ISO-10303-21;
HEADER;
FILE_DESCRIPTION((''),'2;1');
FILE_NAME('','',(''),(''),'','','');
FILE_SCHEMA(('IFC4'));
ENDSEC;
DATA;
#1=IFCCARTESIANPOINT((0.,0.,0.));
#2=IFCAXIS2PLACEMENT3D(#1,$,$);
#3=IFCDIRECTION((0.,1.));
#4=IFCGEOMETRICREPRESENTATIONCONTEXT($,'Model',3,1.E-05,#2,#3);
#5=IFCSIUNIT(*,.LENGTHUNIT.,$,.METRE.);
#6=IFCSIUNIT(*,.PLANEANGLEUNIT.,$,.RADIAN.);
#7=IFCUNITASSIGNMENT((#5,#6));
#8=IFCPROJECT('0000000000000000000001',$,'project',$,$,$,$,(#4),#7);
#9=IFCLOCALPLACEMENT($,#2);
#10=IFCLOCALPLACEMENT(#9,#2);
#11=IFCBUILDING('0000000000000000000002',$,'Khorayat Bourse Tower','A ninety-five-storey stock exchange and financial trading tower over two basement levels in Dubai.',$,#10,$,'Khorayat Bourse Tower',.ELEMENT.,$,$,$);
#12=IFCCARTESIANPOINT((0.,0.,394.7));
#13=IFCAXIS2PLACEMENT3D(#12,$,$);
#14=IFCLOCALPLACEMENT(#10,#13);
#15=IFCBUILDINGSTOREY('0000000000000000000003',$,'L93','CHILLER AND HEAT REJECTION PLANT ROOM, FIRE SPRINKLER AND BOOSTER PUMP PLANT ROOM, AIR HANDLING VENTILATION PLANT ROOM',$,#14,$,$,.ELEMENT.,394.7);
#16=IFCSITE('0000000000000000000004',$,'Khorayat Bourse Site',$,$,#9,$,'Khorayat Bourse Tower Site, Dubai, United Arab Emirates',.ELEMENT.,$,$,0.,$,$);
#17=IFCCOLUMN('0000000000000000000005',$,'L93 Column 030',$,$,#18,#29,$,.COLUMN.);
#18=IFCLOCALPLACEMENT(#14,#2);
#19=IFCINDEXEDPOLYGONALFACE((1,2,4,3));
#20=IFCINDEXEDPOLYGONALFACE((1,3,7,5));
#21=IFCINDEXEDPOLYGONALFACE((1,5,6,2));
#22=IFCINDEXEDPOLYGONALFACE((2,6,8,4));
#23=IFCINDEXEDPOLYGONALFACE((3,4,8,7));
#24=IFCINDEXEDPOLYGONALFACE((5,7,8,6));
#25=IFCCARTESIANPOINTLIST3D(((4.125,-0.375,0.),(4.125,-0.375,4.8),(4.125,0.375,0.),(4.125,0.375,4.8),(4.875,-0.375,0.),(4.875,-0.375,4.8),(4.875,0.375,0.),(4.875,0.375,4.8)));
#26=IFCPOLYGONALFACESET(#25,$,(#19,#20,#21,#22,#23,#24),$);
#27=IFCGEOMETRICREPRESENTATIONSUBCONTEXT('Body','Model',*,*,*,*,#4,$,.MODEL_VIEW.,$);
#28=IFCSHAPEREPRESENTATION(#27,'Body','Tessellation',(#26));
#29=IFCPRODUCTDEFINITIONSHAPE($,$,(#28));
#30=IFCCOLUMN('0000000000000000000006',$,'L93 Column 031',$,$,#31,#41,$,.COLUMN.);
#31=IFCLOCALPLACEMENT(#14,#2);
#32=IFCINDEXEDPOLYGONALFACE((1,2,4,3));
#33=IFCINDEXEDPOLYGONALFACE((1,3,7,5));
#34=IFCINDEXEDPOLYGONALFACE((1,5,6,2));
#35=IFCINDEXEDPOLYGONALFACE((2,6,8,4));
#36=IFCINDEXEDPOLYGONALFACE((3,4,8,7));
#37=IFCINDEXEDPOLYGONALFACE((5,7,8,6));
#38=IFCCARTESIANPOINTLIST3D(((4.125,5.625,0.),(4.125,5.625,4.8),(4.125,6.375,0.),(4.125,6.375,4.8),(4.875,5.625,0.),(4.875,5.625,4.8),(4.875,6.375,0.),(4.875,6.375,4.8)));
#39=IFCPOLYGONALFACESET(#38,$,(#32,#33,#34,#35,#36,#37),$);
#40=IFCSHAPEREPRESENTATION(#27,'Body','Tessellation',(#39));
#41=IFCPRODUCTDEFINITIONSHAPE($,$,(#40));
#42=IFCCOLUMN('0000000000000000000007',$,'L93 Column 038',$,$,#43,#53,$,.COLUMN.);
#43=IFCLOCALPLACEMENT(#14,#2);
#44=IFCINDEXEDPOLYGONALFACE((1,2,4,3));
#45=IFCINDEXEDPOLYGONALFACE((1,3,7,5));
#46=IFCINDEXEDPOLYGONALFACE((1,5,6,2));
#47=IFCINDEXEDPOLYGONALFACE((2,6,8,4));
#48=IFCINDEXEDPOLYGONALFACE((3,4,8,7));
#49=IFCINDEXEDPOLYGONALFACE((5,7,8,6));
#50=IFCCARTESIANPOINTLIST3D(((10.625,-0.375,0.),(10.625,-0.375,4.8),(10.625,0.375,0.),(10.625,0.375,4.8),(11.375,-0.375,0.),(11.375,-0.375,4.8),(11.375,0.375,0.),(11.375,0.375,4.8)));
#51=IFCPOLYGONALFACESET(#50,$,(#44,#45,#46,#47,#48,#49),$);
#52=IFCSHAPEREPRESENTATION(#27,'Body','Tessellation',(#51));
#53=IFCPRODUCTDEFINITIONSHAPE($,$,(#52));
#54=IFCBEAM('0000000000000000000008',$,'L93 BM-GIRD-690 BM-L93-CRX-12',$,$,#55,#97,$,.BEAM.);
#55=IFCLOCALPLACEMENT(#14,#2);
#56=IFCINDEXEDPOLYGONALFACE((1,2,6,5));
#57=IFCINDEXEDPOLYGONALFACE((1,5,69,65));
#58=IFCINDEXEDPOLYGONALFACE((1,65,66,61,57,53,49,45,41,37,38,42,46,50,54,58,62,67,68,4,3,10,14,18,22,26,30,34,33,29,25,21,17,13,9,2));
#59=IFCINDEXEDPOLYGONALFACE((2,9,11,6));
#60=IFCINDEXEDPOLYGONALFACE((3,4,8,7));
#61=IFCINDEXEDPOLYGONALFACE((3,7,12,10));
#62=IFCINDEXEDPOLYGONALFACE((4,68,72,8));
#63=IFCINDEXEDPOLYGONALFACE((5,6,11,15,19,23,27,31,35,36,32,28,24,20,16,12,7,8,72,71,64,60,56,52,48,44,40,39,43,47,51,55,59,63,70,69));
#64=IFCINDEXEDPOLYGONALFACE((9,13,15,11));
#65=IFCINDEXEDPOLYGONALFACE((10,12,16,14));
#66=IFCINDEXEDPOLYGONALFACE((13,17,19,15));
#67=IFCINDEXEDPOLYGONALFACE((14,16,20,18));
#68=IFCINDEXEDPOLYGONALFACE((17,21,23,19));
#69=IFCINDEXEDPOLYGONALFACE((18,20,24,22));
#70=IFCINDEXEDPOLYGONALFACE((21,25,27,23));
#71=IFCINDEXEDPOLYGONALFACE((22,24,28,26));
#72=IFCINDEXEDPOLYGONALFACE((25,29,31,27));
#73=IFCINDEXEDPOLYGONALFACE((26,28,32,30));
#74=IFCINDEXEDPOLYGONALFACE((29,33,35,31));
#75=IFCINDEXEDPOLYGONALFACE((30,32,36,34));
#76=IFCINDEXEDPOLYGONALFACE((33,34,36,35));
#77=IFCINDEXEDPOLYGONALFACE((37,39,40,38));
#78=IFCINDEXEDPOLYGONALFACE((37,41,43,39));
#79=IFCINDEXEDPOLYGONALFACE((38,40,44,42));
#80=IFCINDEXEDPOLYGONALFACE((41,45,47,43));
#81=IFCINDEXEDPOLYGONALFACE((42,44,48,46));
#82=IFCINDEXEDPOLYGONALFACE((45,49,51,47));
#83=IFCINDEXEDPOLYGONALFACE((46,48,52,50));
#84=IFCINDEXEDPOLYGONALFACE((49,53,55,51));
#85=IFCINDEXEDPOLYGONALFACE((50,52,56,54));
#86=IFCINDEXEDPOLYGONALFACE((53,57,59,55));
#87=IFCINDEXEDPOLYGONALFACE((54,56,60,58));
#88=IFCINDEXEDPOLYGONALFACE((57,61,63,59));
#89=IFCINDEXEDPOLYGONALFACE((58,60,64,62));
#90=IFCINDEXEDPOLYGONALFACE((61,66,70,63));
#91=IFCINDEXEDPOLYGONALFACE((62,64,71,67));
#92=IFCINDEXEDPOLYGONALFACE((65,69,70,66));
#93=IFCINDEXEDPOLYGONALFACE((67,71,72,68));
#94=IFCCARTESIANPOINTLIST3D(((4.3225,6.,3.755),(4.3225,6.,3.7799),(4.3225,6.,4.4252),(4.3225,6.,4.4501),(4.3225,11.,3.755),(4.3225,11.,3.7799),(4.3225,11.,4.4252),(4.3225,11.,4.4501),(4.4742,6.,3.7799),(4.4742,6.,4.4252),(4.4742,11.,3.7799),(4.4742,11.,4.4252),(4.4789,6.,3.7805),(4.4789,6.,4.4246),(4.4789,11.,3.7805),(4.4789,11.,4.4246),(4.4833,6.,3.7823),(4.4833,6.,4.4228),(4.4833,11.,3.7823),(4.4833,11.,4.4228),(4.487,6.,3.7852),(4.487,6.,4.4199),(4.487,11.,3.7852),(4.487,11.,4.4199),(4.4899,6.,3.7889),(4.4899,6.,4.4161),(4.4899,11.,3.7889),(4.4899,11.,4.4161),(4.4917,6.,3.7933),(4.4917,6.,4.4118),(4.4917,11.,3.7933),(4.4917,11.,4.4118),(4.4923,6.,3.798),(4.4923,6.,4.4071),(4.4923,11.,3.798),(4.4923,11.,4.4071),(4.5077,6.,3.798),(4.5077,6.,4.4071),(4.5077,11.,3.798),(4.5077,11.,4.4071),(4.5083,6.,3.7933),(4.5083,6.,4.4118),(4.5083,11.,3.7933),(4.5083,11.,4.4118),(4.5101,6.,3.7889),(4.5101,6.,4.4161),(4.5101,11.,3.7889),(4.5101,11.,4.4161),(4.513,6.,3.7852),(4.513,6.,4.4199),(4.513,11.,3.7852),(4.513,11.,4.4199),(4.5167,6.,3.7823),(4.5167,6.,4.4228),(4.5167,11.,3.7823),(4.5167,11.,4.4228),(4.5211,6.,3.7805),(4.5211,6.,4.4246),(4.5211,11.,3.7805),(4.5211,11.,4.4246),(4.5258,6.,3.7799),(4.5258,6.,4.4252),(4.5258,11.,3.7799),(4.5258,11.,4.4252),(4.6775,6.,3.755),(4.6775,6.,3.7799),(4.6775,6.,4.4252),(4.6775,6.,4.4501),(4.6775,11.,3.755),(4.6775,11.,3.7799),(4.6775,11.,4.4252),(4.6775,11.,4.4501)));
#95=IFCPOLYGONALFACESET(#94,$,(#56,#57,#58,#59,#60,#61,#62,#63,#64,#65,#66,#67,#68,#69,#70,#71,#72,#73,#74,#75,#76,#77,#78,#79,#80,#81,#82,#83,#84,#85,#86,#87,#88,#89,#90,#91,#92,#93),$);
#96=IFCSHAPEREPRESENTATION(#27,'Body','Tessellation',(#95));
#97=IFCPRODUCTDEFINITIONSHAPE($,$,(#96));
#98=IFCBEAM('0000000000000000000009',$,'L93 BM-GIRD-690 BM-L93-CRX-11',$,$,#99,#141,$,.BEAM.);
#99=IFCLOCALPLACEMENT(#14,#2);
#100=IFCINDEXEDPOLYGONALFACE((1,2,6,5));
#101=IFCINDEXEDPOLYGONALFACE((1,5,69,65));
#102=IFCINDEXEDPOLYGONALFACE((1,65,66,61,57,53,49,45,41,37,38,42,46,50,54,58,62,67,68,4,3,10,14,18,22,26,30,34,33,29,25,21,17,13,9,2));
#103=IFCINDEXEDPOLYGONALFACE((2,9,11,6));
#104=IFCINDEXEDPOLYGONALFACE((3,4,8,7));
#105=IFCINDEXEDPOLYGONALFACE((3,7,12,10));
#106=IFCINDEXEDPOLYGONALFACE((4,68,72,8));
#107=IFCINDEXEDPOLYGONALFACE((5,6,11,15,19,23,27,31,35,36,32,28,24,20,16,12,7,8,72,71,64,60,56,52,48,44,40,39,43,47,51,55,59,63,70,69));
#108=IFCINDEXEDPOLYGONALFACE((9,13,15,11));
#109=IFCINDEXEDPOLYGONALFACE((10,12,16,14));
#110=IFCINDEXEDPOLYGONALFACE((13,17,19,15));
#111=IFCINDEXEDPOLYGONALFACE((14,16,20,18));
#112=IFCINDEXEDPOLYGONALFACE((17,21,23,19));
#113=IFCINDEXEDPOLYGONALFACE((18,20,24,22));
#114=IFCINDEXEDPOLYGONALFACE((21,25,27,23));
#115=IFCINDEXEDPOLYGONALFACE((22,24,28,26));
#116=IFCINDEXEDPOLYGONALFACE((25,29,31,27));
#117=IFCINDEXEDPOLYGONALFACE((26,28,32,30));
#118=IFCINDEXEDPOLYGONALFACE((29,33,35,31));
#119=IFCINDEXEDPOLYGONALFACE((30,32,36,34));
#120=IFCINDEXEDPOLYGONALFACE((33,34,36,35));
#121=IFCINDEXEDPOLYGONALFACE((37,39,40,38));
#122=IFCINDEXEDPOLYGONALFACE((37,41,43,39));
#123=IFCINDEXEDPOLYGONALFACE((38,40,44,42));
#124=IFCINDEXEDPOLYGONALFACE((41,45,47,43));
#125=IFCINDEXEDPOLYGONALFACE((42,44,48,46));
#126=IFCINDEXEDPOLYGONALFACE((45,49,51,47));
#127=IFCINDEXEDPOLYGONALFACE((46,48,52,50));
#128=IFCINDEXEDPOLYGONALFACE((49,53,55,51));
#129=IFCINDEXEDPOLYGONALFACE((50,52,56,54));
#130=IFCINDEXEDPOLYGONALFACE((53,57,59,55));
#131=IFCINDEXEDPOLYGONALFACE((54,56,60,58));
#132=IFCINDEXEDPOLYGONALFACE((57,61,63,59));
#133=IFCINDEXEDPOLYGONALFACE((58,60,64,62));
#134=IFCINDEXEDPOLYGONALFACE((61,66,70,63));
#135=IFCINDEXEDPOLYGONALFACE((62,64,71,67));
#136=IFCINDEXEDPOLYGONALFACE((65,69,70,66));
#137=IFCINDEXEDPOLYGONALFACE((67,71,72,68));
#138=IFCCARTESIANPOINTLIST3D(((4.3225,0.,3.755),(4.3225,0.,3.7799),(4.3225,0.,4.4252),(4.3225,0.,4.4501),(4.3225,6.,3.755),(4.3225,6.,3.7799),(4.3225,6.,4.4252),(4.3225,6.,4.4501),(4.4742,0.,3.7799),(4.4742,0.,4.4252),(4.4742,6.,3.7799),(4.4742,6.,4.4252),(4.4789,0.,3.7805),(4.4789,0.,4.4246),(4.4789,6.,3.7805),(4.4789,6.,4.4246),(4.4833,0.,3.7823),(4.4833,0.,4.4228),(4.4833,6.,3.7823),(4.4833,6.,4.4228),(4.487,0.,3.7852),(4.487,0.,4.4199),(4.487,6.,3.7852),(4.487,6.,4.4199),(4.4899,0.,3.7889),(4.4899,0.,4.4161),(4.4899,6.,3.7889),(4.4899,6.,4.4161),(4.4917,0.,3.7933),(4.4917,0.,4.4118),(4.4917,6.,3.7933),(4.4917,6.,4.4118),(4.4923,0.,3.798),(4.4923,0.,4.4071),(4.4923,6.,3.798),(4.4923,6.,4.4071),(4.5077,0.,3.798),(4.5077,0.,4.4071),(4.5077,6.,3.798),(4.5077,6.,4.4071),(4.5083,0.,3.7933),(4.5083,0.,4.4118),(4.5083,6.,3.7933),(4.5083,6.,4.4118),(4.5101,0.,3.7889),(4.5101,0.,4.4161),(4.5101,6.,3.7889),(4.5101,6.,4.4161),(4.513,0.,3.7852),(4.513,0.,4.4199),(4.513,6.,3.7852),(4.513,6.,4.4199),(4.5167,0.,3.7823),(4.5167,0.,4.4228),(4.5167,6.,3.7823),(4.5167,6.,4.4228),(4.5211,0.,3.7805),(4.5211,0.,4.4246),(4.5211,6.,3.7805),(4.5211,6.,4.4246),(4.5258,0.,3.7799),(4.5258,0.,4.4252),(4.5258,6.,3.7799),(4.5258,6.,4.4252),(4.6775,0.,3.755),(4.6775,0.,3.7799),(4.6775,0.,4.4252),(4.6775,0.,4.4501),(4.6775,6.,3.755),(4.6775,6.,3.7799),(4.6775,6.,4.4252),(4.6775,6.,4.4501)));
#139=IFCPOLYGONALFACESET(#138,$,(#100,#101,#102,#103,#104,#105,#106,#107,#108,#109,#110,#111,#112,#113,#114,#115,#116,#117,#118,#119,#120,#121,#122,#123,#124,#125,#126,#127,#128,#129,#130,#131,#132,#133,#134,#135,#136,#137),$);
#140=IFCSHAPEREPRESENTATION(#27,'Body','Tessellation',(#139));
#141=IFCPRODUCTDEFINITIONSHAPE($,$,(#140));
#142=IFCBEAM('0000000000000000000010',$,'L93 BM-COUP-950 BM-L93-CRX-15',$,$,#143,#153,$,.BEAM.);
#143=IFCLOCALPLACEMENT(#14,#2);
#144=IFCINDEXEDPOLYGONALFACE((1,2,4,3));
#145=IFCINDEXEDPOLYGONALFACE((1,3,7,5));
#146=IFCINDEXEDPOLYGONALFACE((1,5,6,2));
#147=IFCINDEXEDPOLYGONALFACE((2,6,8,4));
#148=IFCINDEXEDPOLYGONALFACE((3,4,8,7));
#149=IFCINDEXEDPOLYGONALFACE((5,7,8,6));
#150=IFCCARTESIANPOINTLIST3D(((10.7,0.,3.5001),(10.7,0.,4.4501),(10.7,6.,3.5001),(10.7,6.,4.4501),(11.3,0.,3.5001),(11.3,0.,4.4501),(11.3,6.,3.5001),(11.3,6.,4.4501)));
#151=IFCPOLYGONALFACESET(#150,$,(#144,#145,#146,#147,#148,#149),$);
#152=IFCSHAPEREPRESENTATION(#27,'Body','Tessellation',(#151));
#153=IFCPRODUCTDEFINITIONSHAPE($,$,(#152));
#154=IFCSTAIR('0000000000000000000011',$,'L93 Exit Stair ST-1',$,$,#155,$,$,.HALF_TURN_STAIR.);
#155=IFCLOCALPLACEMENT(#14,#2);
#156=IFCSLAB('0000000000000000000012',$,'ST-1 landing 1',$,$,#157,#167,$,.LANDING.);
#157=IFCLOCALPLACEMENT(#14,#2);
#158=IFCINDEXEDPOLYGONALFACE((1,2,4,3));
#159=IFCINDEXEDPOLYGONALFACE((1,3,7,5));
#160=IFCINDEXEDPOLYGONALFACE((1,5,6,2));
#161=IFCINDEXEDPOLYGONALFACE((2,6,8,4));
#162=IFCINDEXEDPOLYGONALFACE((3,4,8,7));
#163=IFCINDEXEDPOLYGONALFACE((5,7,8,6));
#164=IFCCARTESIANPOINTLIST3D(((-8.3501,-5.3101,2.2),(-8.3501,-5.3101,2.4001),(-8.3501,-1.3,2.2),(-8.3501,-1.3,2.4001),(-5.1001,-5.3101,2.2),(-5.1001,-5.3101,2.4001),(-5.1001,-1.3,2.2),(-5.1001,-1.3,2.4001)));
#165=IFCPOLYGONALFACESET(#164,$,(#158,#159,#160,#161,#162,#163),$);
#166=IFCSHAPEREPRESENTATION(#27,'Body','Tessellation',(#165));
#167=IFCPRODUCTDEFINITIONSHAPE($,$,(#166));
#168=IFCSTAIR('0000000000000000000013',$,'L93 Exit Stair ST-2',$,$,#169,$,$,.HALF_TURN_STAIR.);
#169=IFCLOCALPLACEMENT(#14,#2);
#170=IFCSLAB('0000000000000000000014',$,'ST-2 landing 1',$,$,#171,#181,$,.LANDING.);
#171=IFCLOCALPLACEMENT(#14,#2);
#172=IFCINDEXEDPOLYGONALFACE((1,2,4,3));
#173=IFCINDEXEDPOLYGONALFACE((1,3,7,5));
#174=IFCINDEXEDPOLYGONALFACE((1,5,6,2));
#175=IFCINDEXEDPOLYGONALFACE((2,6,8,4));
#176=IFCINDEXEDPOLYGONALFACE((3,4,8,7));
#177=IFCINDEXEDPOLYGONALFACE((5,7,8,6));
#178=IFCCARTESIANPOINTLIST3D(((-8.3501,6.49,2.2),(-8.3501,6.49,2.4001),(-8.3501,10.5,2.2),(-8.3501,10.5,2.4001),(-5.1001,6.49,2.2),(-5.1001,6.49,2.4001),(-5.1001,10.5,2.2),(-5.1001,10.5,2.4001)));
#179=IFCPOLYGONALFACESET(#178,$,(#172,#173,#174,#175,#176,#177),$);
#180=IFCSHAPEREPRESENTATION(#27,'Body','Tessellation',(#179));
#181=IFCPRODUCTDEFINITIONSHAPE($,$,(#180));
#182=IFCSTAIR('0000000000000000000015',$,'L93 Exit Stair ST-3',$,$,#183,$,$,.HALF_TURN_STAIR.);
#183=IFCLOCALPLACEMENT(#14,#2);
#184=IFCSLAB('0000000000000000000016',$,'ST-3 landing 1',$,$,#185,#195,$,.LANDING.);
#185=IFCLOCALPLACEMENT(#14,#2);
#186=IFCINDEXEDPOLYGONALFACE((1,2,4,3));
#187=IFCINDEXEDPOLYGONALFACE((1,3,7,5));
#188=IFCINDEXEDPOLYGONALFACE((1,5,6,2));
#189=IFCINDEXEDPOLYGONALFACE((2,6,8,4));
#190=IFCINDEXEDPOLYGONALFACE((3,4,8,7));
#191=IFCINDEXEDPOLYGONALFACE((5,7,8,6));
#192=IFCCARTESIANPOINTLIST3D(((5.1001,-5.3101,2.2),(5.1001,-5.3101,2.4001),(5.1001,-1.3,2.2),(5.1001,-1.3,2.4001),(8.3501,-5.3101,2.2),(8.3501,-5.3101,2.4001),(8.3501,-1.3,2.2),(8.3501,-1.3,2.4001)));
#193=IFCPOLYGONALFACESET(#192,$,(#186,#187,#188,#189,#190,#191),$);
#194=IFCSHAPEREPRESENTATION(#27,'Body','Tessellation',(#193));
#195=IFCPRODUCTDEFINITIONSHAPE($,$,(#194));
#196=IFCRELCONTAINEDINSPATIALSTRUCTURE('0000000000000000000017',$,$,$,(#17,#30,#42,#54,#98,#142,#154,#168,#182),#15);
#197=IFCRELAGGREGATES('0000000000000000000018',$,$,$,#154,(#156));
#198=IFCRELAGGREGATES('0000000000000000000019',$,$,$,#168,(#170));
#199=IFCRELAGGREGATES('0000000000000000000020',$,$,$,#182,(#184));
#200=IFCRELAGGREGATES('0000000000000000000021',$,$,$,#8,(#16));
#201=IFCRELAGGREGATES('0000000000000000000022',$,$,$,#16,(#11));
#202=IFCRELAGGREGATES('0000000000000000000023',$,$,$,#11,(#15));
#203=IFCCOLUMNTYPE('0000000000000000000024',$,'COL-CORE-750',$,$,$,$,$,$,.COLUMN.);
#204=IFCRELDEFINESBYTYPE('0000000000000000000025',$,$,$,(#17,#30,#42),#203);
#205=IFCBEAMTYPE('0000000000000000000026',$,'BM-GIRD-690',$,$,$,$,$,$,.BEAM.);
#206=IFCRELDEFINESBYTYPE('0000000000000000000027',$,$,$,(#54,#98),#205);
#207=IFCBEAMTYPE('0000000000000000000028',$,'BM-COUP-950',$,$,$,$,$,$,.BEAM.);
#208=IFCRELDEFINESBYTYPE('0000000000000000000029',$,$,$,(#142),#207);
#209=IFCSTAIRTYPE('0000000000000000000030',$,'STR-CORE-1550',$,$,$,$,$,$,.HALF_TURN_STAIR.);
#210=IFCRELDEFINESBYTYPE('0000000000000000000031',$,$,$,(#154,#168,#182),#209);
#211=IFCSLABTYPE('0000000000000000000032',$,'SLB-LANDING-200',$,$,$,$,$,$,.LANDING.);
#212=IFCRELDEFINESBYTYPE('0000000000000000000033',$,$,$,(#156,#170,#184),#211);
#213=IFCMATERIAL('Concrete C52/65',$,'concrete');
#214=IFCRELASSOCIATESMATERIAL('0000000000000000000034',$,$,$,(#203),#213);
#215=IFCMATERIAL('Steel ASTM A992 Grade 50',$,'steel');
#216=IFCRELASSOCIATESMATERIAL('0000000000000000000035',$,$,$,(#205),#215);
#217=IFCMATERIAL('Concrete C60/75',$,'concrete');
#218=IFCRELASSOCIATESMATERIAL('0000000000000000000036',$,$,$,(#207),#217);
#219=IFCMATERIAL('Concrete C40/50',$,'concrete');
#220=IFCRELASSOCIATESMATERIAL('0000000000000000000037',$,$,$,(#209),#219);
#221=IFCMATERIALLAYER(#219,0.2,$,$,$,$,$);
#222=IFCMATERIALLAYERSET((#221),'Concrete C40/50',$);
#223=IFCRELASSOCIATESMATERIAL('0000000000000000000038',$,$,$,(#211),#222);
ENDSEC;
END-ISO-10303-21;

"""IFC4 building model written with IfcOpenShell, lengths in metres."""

from ifc_helpers import new_model, si_unit, direction, frame, origin, origin_2d, place, context, subcontext, project, spatial, polyline, rectangle, i_section, outline, extrude, source, transform, mapped, material, layer, layer_set, material_profile, profile_set, type_object, element, aggregate, save


model = new_model("IFC4")

# Units and contexts
model_context = context("Model", 3, precision=1e-05, world=origin(), true_north=direction((0.0, 1.0)))
body_context = subcontext(model_context, "Body", "Model", "MODEL_VIEW")
ifc_project = project(units=[si_unit("LENGTHUNIT", "METRE"), si_unit("PLANEANGLEUNIT", "RADIAN")], contexts=[model_context])

# Site, building, storey
site_placement = place(None, origin())
site = spatial("IfcSite", under=ifc_project, at=site_placement, Name="Khorayat Bourse Site", LongName="Khorayat Bourse Tower Site, Dubai, United Arab Emirates", CompositionType="ELEMENT", RefElevation=0.0)
building_placement = place(site_placement, origin())
building = spatial("IfcBuilding", under=site, at=building_placement, Name="Khorayat Bourse Tower", Description="A ninety-five-storey stock exchange and financial trading tower over two basement levels in Dubai.", LongName="Khorayat Bourse Tower", CompositionType="ELEMENT")
storey_placement = place(building_placement, frame((0.0, 0.0, 394.7)))
storey = spatial("IfcBuildingStorey", under=building, at=storey_placement, Name="L93", Description="CHILLER AND HEAT REJECTION PLANT ROOM, FIRE SPRINKLER AND BOOSTER PUMP PLANT ROOM, AIR HANDLING VENTILATION PLANT ROOM", CompositionType="ELEMENT", Elevation=394.7)

# Columns
ifc_material_1 = material(Name="Concrete C52/65", Category="concrete")
ifc_material_profile_1 = material_profile(ifc_material_1, rectangle(XDim=0.75, YDim=0.75, at=origin_2d()), Name="RC 750x750")
ifc_profile_set_1 = profile_set([ifc_material_profile_1], Name="Concrete C52/65")
column_type = type_object("IfcColumnType", Name="COL-CORE-750", PredefinedType="COLUMN", material=ifc_profile_set_1)
shared_shape_1 = source(origin(), body_context, "Body", "SweptSolid", [
    extrude(rectangle(XDim=0.75, YDim=0.75, at=origin_2d()), origin(), (0.0, 0.0, 1.0), 4.8),
])
for number, where, z_axis, x_axis, name in (
    (1, (4.5, 0.0, 0.0), (0.0, 0.0, 1.0), (1.0, 0.0, 0.0), "L93 Column 030"),
    (2, (4.5, 6.0, 0.0), (0.0, 0.0, 1.0), (1.0, 0.0, 0.0), "L93 Column 031"),
    (3, (11.0, 0.0, 0.0), (0.0, 0.0, 1.0), (1.0, 0.0, 0.0), "L93 Column 038"),
):
    element("IfcColumn", number, at=place(storey_placement, frame(where, z_axis=z_axis, x_axis=x_axis)), inside=storey, type_object=column_type, Name=name, PredefinedType="COLUMN", context=body_context, shape_type="MappedRepresentation", body=[
        mapped(shared_shape_1, transform((0.0, 0.0, 0.0), scale=1.0)),
    ])

# Beams
ifc_material_2 = material(Name="Steel ASTM A992 Grade 50", Category="steel")
ifc_material_profile_2 = material_profile(ifc_material_2, i_section(OverallWidth=0.355, OverallDepth=0.6951, WebThickness=0.0154, FlangeThickness=0.0249, FilletRadius=0.0181, at=origin_2d()), Name="W690X217")
ifc_profile_set_2 = profile_set([ifc_material_profile_2], Name="Steel ASTM A992 Grade 50")
beam_type_1 = type_object("IfcBeamType", Name="BM-GIRD-690", PredefinedType="BEAM", material=ifc_profile_set_2)
shared_shape_2 = source(origin(), body_context, "Body", "SweptSolid", [
    extrude(i_section(OverallWidth=0.355, OverallDepth=0.6951, WebThickness=0.0154, FlangeThickness=0.0249, FilletRadius=0.0181, at=origin_2d()), origin(), (0.0, 0.0, 1.0), 5.0),
])
beam_1_placement = place(storey_placement, frame((4.5, 6.0, 4.1025), z_axis=(0.0, 1.0, 0.0), x_axis=(-1.0, 0.0, 0.0)))
element("IfcBeam", 4, at=beam_1_placement, inside=storey, type_object=beam_type_1, Name="L93 BM-GIRD-690 BM-L93-CRX-12", PredefinedType="BEAM", context=body_context, shape_type="MappedRepresentation", body=[
    mapped(shared_shape_2, transform((0.0, 0.0, 0.0), scale=1.0)),
])
shared_shape_3 = source(origin(), body_context, "Body", "SweptSolid", [
    extrude(i_section(OverallWidth=0.355, OverallDepth=0.6951, WebThickness=0.0154, FlangeThickness=0.0249, FilletRadius=0.0181, at=origin_2d()), origin(), (0.0, 0.0, 1.0), 6.0),
])
beam_2_placement = place(storey_placement, frame((4.5, 0.0, 4.1025), z_axis=(0.0, 1.0, 0.0), x_axis=(-1.0, 0.0, 0.0)))
element("IfcBeam", 5, at=beam_2_placement, inside=storey, type_object=beam_type_1, Name="L93 BM-GIRD-690 BM-L93-CRX-11", PredefinedType="BEAM", context=body_context, shape_type="MappedRepresentation", body=[
    mapped(shared_shape_3, transform((0.0, 0.0, 0.0), scale=1.0)),
])
ifc_material_3 = material(Name="Concrete C60/75", Category="concrete")
ifc_material_profile_3 = material_profile(ifc_material_3, rectangle(XDim=0.6001, YDim=0.95, at=origin_2d()), Name="RC 600x950")
ifc_profile_set_3 = profile_set([ifc_material_profile_3], Name="Concrete C60/75")
beam_type_2 = type_object("IfcBeamType", Name="BM-COUP-950", PredefinedType="BEAM", material=ifc_profile_set_3)
shared_shape_4 = source(origin(), body_context, "Body", "SweptSolid", [
    extrude(rectangle(XDim=0.6001, YDim=0.95, at=origin_2d()), origin(), (0.0, 0.0, 1.0), 6.0),
])
beam_3_placement = place(storey_placement, frame((11.0, 0.0, 3.9751), z_axis=(0.0, 1.0, 0.0), x_axis=(-1.0, 0.0, 0.0)))
element("IfcBeam", 6, at=beam_3_placement, inside=storey, type_object=beam_type_2, Name="L93 BM-COUP-950 BM-L93-CRX-15", PredefinedType="BEAM", context=body_context, shape_type="MappedRepresentation", body=[
    mapped(shared_shape_4, transform((0.0, 0.0, 0.0), scale=1.0)),
])

# Stairs, slabs
ifc_material_4 = material(Name="Concrete C40/50", Category="concrete")
stair_type = type_object("IfcStairType", Name="STR-CORE-1550", PredefinedType="HALF_TURN_STAIR", material=ifc_material_4)
stair_1_placement = place(storey_placement, origin())
stair_1 = element("IfcStair", 7, at=stair_1_placement, inside=storey, type_object=stair_type, Name="L93 Exit Stair ST-1", PredefinedType="HALF_TURN_STAIR")
ifc_layer_1 = layer(ifc_material_4, 0.2)
ifc_layer_set_1 = layer_set([ifc_layer_1], Name="Concrete C40/50")
slab_type_1 = type_object("IfcSlabType", Name="SLB-LANDING-200", PredefinedType="LANDING", material=ifc_layer_set_1)
slab_1_placement = place(storey_placement, frame((0.0, 0.0, 2.2)))
slab_1 = element("IfcSlab", 8, at=slab_1_placement, type_object=slab_type_1, Name="ST-1 landing 1", PredefinedType="LANDING", context=body_context, shape_type="SweptSolid", body=[
    extrude(outline(polyline([(-5.1001, -5.3101), (-5.1001, -1.3), (-8.3501, -1.3), (-8.3501, -5.3101), (-5.1001, -5.3101)])), origin(), (0.0, 0.0, 1.0), 0.2002),
])
aggregate(stair_1, [slab_1])
stair_2_placement = place(storey_placement, origin())
stair_2 = element("IfcStair", 9, at=stair_2_placement, inside=storey, type_object=stair_type, Name="L93 Exit Stair ST-2", PredefinedType="HALF_TURN_STAIR")
slab_2_placement = place(storey_placement, frame((0.0, 0.0, 2.2)))
slab_2 = element("IfcSlab", 10, at=slab_2_placement, type_object=slab_type_1, Name="ST-2 landing 1", PredefinedType="LANDING", context=body_context, shape_type="SweptSolid", body=[
    extrude(outline(polyline([(-5.1001, 6.49), (-5.1001, 10.5), (-8.3501, 10.5), (-8.3501, 6.49), (-5.1001, 6.49)])), origin(), (0.0, 0.0, 1.0), 0.2002),
])
aggregate(stair_2, [slab_2])
stair_3_placement = place(storey_placement, origin())
stair_3 = element("IfcStair", 11, at=stair_3_placement, inside=storey, type_object=stair_type, Name="L93 Exit Stair ST-3", PredefinedType="HALF_TURN_STAIR")
slab_3_placement = place(storey_placement, frame((0.0, 0.0, 2.2)))
slab_3 = element("IfcSlab", 12, at=slab_3_placement, type_object=slab_type_1, Name="ST-3 landing 1", PredefinedType="LANDING", context=body_context, shape_type="SweptSolid", body=[
    extrude(outline(polyline([(8.3501, -5.3101), (8.3501, -1.3), (5.1001, -1.3), (5.1001, -5.3101), (8.3501, -5.3101)])), origin(), (0.0, 0.0, 1.0), 0.2002),
])
aggregate(stair_3, [slab_3])

save(model, "model.ifc")
